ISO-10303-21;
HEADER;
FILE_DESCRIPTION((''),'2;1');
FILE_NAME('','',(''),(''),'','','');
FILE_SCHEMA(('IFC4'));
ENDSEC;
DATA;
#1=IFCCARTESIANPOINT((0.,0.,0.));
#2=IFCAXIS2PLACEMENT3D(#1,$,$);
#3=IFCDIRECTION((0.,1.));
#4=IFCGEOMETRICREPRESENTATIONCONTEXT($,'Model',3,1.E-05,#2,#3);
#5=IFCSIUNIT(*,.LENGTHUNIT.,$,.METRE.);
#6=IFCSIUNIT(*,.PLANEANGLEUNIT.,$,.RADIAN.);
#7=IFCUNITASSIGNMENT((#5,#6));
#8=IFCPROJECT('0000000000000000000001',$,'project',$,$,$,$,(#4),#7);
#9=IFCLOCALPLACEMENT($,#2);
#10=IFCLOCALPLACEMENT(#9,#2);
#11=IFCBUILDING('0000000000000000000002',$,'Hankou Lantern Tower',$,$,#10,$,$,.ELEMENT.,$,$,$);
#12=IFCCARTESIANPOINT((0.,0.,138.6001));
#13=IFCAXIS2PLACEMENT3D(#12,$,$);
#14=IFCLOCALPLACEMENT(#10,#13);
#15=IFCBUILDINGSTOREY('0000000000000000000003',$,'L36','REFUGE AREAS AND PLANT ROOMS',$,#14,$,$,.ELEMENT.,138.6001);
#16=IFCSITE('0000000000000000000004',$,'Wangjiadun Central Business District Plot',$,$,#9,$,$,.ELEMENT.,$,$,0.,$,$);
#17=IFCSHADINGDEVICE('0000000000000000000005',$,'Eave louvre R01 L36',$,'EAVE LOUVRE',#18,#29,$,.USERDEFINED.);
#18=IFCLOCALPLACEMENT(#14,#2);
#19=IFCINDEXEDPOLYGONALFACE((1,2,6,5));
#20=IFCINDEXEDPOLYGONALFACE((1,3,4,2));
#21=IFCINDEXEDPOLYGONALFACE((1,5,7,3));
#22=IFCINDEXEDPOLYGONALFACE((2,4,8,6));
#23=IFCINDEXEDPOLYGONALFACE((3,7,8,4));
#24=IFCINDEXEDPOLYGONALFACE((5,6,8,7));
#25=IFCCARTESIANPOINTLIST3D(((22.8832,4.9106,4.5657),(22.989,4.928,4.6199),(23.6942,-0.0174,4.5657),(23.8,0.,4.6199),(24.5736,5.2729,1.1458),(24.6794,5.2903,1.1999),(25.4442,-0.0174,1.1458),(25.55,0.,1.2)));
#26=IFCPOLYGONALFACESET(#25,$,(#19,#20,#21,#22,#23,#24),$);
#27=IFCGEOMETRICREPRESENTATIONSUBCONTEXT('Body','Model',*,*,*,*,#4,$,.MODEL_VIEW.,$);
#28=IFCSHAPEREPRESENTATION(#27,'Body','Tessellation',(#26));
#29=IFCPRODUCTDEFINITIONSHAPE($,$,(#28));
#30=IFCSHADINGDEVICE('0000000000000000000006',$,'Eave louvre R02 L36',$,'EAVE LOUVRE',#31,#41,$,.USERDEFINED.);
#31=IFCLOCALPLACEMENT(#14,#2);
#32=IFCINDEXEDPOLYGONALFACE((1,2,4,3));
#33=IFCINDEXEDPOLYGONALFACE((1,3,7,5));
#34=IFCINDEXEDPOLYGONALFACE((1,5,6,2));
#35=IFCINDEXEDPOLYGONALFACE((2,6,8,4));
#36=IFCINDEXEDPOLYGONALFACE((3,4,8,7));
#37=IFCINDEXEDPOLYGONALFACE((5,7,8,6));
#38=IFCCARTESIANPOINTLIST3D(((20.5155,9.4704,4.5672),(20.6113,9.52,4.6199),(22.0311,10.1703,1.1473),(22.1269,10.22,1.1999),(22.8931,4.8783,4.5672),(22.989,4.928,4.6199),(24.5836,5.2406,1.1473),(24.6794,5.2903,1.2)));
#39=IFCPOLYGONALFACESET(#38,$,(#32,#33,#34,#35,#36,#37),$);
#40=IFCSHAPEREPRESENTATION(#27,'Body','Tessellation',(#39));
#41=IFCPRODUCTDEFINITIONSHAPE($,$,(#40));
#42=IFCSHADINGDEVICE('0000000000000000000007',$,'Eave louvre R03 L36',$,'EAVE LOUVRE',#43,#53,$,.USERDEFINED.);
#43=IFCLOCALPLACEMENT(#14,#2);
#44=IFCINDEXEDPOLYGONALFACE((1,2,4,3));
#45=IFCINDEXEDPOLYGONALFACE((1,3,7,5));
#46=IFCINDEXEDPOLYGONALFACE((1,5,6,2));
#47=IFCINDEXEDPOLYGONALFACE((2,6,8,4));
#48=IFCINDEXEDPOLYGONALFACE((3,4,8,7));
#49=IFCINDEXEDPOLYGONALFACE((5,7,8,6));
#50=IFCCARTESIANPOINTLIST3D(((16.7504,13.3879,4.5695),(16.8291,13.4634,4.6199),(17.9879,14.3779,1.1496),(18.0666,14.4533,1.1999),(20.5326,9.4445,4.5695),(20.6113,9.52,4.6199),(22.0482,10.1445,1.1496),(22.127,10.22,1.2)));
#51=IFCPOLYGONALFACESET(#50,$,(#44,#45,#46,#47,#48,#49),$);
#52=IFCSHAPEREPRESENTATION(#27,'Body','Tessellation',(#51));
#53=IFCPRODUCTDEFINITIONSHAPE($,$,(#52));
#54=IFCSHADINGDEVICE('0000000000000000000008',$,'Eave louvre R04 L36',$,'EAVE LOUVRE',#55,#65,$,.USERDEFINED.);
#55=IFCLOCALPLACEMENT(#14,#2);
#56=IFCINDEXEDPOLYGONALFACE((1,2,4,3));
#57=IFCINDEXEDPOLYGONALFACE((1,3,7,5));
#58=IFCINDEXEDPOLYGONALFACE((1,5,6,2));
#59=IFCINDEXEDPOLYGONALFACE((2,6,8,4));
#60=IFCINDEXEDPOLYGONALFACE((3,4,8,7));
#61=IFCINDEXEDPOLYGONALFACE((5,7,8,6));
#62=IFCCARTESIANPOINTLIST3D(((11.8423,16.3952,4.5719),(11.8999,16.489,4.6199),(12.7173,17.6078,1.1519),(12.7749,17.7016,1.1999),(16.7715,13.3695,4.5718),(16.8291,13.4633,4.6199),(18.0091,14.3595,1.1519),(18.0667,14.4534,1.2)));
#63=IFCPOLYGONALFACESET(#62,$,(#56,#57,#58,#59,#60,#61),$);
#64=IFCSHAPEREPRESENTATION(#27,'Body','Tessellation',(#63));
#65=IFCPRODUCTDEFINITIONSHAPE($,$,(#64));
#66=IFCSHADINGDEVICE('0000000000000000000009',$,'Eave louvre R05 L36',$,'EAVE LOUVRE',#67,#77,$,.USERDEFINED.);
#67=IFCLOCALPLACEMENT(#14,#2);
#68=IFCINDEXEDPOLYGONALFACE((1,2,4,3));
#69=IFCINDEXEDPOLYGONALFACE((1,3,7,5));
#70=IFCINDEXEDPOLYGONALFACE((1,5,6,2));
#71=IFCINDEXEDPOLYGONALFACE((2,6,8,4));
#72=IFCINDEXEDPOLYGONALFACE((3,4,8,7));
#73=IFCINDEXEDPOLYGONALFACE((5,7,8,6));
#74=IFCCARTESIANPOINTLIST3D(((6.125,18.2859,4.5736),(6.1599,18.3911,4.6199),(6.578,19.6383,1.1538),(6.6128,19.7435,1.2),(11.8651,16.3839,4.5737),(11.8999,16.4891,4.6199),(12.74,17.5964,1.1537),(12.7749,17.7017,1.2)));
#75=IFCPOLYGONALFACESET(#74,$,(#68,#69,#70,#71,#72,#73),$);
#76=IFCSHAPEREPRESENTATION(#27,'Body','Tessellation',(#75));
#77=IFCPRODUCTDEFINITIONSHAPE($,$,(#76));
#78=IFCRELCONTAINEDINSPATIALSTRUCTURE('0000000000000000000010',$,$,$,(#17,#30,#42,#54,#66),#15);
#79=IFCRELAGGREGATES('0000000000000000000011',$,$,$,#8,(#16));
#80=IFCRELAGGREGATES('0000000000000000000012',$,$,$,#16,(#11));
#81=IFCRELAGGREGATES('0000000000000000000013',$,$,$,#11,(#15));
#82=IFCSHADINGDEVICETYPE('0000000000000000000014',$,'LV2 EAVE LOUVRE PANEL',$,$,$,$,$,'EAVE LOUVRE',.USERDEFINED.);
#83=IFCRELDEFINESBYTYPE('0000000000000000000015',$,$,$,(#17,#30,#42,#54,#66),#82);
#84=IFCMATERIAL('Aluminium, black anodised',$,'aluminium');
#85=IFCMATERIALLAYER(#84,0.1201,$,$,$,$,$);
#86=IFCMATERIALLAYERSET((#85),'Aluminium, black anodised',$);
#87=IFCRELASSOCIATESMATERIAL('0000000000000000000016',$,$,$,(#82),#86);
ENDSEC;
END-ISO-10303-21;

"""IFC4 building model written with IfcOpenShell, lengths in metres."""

from ifc_helpers import new_model, si_unit, direction, frame, origin, place, context, subcontext, project, spatial, polyline, outline, extrude, material, layer, layer_set, type_object, element, save


model = new_model("IFC4")

# Units and contexts
model_context = context("Model", 3, precision=1e-05, world=origin(), true_north=direction((0.0, 1.0)))
body_context = subcontext(model_context, "Body", "Model", "MODEL_VIEW")
ifc_project = project(units=[si_unit("LENGTHUNIT", "METRE"), si_unit("PLANEANGLEUNIT", "RADIAN")], contexts=[model_context])

# Site, building, storey
site_placement = place(None, origin())
site = spatial("IfcSite", under=ifc_project, at=site_placement, Name="Wangjiadun Central Business District Plot", CompositionType="ELEMENT", RefElevation=0.0)
building_placement = place(site_placement, origin())
building = spatial("IfcBuilding", under=site, at=building_placement, Name="Hankou Lantern Tower", CompositionType="ELEMENT")
storey_placement = place(building_placement, frame((0.0, 0.0, 138.6001)))
storey = spatial("IfcBuildingStorey", under=building, at=storey_placement, Name="L36", Description="REFUGE AREAS AND PLANT ROOMS", CompositionType="ELEMENT", Elevation=138.6001)

# Shading devices
ifc_material_1 = material(Name="Aluminium, black anodised", Category="aluminium")
ifc_layer_1 = layer(ifc_material_1, 0.1201)
ifc_layer_set_1 = layer_set([ifc_layer_1], Name="Aluminium, black anodised")
shading_device_type = type_object("IfcShadingDeviceType", Name="LV2 EAVE LOUVRE PANEL", ElementType="EAVE LOUVRE", PredefinedType="USERDEFINED", material=ifc_layer_set_1)
shading_device_1_placement = place(storey_placement, frame((25.55, 0.0, 1.2), z_axis=(0.880814, 0.144957, 0.450726), x_axis=(-0.162387, 0.986727, -0.000002)))
element("IfcShadingDevice", 1, at=shading_device_1_placement, inside=storey, type_object=shading_device_type, Name="Eave louvre R01 L36", ObjectType="EAVE LOUVRE", PredefinedType="USERDEFINED", context=body_context, shape_type="SweptSolid", body=[
    extrude(outline(polyline([(0.0, 0.0), (5.3614, 0.0), (5.2784, 3.8312), (0.2842, 3.8311), (0.0, 0.0)])), origin(), (0.0, 0.0, -1.0), 0.1201),
])
shading_device_2_placement = place(storey_placement, frame((24.6794, 5.2903, 1.2), z_axis=(0.798174, 0.41328, 0.438314), x_axis=(-0.459801, 0.888022, -0.000001)))
element("IfcShadingDevice", 2, at=shading_device_2_placement, inside=storey, type_object=shading_device_type, Name="Eave louvre R02 L36", ObjectType="EAVE LOUVRE", PredefinedType="USERDEFINED", context=body_context, shape_type="SweptSolid", body=[
    extrude(outline(polyline([(0.0, 0.0), (5.5513, 0.0), (5.6266, 3.8049), (0.4555, 3.8049), (0.0, 0.0)])), origin(), (0.0, 0.0, -1.0), 0.1201),
])
shading_device_3_placement = place(storey_placement, frame((22.127, 10.22, 1.2), z_axis=(0.65528, 0.628496, 0.419048), x_axis=(-0.692202, 0.721704, -0.000003)))
element("IfcShadingDevice", 3, at=shading_device_3_placement, inside=storey, type_object=shading_device_type, Name="Eave louvre R03 L36", ObjectType="EAVE LOUVRE", PredefinedType="USERDEFINED", context=body_context, shape_type="SweptSolid", body=[
    extrude(outline(polyline([(0.0, 0.0), (5.8658, 0.0), (6.008, 3.7666), (0.544, 3.7666), (0.0, 0.0)])), origin(), (0.0, 0.0, -1.0), 0.1201),
])
shading_device_4_placement = place(storey_placement, frame((18.0667, 14.4534, 1.2), z_axis=(0.479534, 0.781217, 0.399684), x_axis=(-0.852248, 0.523137, -0.000003)))
element("IfcShadingDevice", 4, at=shading_device_4_placement, inside=storey, type_object=shading_device_type, Name="Eave louvre R04 L36", ObjectType="EAVE LOUVRE", PredefinedType="USERDEFINED", context=body_context, shape_type="SweptSolid", body=[
    extrude(outline(polyline([(0.0, 0.0), (6.2092, 0.0), (6.3205, 3.7309), (0.5368, 3.7309), (0.0, 0.0)])), origin(), (0.0, 0.0, -1.0), 0.1201),
])
shading_device_5_placement = place(storey_placement, frame((12.7749, 17.7017, 1.2), z_axis=(0.290306, 0.876112, 0.384902), x_axis=(-0.949245, 0.314537, 0.000006)))
element("IfcShadingDevice", 5, at=shading_device_5_placement, inside=storey, type_object=shading_device_type, Name="Eave louvre R05 L36", ObjectType="EAVE LOUVRE", PredefinedType="USERDEFINED", context=body_context, shape_type="SweptSolid", body=[
    extrude(outline(polyline([(0.0, 0.0), (6.4916, 0.0), (6.4961, 3.7054), (0.4492, 3.7054), (0.0, 0.0)])), origin(), (0.0, 0.0, -1.0), 0.1201),
])

save(model, "model.ifc")
